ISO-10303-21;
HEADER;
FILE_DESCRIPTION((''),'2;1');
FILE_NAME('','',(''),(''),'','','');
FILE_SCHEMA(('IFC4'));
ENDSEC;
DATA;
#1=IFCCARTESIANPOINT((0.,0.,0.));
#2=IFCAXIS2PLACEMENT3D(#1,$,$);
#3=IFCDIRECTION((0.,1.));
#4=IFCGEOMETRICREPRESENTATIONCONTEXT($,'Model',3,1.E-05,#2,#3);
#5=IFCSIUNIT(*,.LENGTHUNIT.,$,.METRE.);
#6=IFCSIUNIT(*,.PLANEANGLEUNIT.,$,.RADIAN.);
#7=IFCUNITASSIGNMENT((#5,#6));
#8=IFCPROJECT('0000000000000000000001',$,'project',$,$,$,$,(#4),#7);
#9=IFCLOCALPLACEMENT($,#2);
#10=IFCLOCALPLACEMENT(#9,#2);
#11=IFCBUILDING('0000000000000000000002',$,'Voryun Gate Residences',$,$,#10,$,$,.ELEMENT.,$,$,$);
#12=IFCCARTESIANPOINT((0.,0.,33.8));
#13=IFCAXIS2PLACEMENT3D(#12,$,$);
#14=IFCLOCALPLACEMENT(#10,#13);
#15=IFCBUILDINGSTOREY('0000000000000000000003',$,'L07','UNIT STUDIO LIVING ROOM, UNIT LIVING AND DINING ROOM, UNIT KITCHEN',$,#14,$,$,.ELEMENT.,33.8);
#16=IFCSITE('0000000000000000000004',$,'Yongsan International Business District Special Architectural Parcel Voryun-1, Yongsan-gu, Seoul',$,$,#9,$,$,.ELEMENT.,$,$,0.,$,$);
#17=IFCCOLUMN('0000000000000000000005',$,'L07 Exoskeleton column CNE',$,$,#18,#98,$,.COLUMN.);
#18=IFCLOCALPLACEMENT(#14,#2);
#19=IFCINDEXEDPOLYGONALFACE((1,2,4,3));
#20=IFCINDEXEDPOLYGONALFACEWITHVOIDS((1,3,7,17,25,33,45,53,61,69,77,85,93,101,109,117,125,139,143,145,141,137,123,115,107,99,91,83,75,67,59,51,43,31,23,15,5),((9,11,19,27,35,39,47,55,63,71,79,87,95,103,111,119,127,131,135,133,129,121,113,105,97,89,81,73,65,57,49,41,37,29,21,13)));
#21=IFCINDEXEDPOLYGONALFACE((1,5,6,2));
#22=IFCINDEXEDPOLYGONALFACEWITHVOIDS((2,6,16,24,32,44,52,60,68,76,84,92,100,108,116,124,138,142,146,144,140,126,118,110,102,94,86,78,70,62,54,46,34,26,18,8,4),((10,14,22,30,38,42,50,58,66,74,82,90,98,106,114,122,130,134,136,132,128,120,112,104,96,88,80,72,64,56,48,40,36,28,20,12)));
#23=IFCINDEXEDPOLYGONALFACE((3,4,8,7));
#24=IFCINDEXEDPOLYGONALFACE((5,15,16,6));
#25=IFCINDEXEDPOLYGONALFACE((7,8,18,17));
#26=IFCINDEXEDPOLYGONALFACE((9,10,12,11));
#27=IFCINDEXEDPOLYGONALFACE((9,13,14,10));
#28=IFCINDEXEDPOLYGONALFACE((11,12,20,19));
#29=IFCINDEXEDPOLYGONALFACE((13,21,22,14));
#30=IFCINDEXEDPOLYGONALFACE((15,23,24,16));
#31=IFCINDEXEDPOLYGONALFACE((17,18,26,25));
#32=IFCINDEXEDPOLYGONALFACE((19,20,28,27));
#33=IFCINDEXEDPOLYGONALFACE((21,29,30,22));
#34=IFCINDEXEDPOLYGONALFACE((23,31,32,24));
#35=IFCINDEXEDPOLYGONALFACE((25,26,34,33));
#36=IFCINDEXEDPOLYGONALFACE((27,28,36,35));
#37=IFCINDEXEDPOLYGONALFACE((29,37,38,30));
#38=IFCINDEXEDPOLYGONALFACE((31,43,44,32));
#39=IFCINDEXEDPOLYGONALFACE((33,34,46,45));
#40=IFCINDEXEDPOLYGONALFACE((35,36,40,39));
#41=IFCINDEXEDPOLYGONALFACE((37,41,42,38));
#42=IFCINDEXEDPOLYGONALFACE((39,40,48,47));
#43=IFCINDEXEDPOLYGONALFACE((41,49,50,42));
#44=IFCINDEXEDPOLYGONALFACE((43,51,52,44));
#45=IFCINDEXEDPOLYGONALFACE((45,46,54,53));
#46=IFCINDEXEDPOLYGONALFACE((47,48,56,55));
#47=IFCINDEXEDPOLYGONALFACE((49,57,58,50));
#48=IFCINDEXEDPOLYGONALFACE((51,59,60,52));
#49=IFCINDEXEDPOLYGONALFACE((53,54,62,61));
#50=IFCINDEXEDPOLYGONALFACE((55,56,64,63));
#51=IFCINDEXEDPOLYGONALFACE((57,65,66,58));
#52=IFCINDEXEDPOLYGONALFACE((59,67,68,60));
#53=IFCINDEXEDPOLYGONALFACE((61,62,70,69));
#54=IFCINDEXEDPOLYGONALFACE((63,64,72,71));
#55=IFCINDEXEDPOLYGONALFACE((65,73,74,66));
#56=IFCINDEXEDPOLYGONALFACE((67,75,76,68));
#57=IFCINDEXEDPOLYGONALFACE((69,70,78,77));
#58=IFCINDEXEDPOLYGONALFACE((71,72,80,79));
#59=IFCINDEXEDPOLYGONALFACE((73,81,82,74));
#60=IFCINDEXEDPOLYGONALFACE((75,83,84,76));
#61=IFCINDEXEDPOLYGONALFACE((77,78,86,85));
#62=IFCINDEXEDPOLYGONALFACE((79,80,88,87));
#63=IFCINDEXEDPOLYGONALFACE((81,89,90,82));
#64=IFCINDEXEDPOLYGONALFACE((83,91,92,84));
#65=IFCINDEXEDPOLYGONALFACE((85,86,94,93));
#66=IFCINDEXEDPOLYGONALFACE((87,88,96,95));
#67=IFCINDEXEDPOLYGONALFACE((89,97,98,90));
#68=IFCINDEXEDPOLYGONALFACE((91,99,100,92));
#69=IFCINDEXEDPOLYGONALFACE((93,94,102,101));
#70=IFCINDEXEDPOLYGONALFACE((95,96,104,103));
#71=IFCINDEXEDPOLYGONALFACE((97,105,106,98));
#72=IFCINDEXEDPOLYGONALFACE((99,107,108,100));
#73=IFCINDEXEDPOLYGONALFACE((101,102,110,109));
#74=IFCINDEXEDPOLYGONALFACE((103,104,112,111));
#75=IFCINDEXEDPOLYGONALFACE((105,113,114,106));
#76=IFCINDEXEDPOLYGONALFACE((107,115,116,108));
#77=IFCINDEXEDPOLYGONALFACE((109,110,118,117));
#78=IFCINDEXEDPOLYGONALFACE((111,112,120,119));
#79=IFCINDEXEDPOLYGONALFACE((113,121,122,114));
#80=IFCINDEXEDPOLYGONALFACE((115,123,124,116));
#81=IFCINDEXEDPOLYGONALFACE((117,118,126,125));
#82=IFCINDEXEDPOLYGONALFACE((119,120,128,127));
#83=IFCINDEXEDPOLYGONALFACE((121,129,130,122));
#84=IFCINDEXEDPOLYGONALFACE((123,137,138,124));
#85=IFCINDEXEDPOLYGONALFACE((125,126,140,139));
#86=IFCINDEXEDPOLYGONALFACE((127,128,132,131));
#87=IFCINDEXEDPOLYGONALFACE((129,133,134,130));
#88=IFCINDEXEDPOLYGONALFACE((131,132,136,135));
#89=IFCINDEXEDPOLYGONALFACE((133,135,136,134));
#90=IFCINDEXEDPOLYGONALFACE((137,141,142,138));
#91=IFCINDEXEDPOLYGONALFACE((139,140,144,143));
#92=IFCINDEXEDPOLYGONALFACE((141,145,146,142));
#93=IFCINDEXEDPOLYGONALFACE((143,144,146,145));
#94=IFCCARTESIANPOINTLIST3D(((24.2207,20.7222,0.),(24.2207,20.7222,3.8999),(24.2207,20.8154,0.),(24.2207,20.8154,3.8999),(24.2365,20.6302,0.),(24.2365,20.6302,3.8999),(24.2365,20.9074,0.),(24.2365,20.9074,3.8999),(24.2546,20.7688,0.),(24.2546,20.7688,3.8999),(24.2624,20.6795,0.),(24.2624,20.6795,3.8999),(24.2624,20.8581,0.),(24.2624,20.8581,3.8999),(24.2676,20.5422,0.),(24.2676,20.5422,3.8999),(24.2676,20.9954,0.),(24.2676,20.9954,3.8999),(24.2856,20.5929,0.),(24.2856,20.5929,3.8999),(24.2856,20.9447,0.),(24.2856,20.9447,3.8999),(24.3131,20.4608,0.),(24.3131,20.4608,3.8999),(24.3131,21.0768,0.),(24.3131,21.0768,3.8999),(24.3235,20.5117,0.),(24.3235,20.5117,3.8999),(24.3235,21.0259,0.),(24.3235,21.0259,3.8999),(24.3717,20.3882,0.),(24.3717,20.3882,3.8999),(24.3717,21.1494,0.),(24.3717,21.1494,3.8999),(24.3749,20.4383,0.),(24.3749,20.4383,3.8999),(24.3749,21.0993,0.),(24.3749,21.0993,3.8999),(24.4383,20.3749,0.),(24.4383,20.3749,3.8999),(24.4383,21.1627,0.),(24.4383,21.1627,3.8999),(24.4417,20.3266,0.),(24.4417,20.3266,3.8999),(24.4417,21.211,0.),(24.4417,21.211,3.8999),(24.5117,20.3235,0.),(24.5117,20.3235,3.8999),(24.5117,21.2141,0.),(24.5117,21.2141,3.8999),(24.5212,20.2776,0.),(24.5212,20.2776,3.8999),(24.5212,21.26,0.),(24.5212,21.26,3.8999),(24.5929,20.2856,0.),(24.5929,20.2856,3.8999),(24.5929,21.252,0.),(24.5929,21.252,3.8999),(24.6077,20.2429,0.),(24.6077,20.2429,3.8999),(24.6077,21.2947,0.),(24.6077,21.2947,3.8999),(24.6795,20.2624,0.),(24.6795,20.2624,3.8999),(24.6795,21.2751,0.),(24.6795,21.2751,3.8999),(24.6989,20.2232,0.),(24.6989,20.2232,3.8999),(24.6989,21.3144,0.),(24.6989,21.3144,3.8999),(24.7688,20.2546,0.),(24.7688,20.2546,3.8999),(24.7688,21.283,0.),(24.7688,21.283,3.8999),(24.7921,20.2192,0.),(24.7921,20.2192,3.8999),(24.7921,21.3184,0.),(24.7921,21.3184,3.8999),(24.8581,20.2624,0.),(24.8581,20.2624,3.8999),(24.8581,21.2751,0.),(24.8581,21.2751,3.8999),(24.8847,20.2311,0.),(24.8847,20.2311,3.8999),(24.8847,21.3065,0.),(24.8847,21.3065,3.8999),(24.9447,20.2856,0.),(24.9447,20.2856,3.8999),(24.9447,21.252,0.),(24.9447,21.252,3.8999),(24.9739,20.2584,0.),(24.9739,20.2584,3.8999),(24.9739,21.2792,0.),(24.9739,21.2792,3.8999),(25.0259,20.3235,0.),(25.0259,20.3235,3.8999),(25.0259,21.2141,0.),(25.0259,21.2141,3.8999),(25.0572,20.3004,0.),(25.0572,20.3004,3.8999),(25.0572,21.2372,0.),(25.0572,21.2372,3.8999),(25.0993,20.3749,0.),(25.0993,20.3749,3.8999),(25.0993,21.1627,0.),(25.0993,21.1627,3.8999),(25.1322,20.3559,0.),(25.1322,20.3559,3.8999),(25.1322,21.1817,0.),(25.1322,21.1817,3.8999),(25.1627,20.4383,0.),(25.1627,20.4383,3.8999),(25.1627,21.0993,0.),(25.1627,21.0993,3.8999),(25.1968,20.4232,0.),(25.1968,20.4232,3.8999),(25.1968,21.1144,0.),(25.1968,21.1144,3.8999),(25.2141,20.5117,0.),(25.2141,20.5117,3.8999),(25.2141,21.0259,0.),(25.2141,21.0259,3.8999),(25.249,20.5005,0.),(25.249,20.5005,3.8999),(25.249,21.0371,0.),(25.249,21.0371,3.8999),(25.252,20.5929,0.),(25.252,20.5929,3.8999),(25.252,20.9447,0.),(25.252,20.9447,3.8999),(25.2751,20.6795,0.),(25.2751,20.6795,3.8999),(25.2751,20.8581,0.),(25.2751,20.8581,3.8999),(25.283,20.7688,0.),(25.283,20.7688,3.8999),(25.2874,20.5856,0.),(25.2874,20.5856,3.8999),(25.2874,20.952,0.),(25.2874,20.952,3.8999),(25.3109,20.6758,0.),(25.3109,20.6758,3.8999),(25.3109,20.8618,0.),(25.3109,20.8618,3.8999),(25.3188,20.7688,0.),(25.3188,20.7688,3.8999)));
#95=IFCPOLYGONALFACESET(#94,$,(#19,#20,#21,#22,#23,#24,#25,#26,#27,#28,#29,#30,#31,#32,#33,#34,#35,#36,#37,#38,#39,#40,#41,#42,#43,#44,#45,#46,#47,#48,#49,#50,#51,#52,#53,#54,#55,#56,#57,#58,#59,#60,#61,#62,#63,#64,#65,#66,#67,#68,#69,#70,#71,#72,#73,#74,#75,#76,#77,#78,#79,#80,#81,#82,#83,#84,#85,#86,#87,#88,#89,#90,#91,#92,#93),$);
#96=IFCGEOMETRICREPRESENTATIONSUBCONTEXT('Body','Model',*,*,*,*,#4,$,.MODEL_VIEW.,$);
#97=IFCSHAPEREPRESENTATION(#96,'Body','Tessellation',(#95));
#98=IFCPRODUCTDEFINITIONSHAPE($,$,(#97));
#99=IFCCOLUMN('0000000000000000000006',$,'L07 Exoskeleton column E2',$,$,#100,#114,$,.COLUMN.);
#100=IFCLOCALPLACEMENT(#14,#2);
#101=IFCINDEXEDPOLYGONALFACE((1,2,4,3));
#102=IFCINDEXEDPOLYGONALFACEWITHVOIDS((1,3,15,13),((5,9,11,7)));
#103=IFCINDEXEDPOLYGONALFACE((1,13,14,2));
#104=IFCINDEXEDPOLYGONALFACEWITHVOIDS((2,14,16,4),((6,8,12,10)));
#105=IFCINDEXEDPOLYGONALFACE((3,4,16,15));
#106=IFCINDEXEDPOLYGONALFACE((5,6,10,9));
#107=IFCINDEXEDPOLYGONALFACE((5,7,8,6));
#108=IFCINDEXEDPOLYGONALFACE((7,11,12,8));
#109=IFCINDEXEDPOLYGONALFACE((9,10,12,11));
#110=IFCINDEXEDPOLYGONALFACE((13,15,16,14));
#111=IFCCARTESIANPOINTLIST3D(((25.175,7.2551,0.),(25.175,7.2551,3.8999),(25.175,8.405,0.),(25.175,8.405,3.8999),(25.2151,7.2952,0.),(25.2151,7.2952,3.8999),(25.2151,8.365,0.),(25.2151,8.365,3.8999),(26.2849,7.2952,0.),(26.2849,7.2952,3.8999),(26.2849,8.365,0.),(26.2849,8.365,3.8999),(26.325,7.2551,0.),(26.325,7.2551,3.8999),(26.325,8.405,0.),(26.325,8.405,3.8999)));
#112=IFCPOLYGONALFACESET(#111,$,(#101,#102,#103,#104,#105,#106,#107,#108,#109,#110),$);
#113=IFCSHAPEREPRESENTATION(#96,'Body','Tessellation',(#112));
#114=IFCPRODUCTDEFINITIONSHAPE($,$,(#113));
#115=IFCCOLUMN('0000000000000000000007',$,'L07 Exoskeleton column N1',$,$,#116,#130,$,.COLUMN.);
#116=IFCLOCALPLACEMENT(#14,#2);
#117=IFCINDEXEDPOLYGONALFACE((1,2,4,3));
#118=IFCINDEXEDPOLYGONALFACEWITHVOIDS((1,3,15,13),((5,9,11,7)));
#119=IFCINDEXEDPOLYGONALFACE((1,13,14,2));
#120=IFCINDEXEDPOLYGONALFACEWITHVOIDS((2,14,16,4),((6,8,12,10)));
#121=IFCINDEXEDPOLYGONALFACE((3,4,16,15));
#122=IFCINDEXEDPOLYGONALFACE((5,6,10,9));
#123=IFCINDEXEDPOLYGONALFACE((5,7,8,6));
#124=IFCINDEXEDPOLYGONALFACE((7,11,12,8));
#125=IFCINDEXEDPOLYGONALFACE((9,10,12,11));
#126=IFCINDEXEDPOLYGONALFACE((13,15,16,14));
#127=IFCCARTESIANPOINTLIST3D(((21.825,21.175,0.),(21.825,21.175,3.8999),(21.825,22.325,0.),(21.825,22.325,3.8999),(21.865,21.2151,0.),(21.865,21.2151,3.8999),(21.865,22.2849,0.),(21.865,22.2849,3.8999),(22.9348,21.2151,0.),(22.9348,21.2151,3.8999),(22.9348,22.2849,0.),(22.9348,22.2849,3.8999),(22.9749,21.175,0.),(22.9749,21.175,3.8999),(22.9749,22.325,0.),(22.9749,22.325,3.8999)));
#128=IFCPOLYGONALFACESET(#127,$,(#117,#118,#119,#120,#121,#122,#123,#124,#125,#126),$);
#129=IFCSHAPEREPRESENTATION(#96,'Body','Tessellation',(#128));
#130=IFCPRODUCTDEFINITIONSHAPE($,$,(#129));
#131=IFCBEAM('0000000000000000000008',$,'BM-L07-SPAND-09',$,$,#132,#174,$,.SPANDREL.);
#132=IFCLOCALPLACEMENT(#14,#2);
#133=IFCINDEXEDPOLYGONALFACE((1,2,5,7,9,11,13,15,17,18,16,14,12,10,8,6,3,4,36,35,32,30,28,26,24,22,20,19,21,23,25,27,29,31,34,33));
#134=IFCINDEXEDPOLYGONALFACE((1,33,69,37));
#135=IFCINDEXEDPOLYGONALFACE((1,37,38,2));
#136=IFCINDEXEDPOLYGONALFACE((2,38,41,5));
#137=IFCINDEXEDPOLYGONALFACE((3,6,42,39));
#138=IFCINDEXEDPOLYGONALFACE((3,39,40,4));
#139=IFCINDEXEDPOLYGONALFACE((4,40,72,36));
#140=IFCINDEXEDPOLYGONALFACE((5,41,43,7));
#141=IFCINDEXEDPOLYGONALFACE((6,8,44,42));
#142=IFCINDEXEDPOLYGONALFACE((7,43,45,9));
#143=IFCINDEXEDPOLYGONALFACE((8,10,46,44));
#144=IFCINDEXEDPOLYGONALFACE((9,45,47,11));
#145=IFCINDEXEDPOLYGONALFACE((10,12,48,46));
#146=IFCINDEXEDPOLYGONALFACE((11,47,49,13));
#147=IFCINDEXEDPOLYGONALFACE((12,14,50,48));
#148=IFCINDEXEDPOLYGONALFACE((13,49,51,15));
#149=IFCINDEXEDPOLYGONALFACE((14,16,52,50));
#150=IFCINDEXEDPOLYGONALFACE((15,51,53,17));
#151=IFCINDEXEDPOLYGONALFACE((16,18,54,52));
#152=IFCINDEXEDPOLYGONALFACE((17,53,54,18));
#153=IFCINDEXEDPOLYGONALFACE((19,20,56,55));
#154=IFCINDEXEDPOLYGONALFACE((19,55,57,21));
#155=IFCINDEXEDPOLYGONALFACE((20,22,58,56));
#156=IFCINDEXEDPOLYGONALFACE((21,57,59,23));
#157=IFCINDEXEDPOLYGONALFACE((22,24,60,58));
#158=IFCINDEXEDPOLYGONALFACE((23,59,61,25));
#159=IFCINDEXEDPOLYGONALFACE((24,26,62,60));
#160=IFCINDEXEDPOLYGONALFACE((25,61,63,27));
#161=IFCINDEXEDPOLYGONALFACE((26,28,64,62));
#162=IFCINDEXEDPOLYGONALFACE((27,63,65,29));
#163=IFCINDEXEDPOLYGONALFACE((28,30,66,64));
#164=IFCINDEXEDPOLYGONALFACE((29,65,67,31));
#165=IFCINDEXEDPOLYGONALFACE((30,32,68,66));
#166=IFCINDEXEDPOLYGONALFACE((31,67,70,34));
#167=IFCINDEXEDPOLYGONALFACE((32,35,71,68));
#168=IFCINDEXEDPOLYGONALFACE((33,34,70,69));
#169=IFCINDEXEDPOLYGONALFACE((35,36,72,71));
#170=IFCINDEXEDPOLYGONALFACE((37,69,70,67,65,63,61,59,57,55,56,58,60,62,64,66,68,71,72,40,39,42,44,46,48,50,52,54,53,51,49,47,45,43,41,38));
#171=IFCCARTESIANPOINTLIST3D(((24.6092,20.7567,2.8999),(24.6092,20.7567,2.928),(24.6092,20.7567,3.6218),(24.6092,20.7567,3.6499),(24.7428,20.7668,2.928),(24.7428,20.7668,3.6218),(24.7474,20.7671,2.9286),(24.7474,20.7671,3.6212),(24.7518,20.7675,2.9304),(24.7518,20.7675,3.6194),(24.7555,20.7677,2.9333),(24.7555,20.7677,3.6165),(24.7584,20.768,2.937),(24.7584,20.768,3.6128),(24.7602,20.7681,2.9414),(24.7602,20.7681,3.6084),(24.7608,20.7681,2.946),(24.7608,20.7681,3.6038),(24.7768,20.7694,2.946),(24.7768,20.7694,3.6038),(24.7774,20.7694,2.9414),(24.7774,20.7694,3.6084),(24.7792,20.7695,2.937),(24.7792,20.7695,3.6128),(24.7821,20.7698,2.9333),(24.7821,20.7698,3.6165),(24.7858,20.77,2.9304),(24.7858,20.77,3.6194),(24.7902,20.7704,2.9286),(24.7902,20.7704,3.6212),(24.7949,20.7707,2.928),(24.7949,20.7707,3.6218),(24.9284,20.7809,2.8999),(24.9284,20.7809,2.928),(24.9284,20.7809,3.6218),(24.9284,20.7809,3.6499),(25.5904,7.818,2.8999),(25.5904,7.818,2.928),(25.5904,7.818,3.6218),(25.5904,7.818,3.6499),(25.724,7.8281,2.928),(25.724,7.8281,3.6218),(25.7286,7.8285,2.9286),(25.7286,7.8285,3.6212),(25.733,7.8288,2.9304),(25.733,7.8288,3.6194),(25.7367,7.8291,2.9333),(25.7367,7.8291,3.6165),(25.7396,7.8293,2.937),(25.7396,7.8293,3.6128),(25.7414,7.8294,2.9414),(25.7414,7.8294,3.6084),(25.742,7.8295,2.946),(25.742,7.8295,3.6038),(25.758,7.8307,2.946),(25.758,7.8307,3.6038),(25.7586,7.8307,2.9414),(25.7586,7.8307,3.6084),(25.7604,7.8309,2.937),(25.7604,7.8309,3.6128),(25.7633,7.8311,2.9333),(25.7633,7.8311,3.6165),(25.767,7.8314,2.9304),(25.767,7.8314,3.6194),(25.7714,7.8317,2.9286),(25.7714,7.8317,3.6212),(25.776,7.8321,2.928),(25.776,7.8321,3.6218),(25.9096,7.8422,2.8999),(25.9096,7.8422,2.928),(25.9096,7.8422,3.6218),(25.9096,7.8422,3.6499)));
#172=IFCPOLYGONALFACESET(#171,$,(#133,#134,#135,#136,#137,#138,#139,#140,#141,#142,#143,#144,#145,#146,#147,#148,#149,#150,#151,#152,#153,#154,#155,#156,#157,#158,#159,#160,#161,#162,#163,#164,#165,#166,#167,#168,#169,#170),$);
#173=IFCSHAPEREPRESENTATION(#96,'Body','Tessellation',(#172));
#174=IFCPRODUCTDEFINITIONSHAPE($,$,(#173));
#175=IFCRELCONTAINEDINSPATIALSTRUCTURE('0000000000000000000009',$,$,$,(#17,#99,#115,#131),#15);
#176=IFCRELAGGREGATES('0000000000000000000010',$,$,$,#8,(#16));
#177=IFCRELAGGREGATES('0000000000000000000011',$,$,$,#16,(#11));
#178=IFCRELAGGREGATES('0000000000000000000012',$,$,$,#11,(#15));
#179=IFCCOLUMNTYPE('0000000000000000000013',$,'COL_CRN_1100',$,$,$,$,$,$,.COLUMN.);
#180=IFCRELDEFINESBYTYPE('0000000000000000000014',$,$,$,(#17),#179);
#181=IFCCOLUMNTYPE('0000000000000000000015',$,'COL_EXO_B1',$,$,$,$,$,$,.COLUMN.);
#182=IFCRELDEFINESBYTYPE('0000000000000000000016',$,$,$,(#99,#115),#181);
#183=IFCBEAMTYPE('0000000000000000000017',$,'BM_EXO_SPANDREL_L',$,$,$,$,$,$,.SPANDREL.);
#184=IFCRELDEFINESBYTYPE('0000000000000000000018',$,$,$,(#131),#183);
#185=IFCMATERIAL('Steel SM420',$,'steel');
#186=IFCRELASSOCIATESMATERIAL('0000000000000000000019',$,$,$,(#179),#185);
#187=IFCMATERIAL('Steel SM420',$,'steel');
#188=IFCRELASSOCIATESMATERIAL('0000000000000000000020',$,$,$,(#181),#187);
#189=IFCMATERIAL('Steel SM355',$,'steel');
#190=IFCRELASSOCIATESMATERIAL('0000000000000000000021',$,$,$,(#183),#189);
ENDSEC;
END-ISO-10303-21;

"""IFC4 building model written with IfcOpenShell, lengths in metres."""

from ifc_helpers import new_model, si_unit, direction, frame, origin, origin_2d, place, context, subcontext, project, spatial, hollow_rectangle, hollow_circle, i_section, extrude, material, material_profile, profile_set, type_object, element, save


model = new_model("IFC4")

# Units and contexts
model_context = context("Model", 3, precision=1e-05, world=origin(), true_north=direction((0.0, 1.0)))
body_context = subcontext(model_context, "Body", "Model", "MODEL_VIEW")
ifc_project = project(units=[si_unit("LENGTHUNIT", "METRE"), si_unit("PLANEANGLEUNIT", "RADIAN")], contexts=[model_context])

# Site, building, storey
site_placement = place(None, origin())
site = spatial("IfcSite", under=ifc_project, at=site_placement, Name="Yongsan International Business District Special Architectural Parcel Voryun-1, Yongsan-gu, Seoul", CompositionType="ELEMENT", RefElevation=0.0)
building_placement = place(site_placement, origin())
building = spatial("IfcBuilding", under=site, at=building_placement, Name="Voryun Gate Residences", CompositionType="ELEMENT")
storey_placement = place(building_placement, frame((0.0, 0.0, 33.8)))
storey = spatial("IfcBuildingStorey", under=building, at=storey_placement, Name="L07", Description="UNIT STUDIO LIVING ROOM, UNIT LIVING AND DINING ROOM, UNIT KITCHEN", CompositionType="ELEMENT", Elevation=33.8)

# Columns
ifc_material_1 = material(Name="Steel SM420", Category="steel")
ifc_material_profile_1 = material_profile(ifc_material_1, hollow_circle(Radius=0.55, WallThickness=0.0359, at=origin_2d()), Name="CHS-1100x36")
ifc_profile_set_1 = profile_set([ifc_material_profile_1], Name="Steel SM420")
column_type_1 = type_object("IfcColumnType", Name="COL_CRN_1100", PredefinedType="COLUMN", material=ifc_profile_set_1)
column_placement = place(storey_placement, frame((24.7688, 20.7688, 0.0), z_axis=(0.0, 0.0, 1.0), x_axis=(1.0, 0.0, 0.0)))
element("IfcColumn", 1, at=column_placement, inside=storey, type_object=column_type_1, Name="L07 Exoskeleton column CNE", PredefinedType="COLUMN", context=body_context, shape_type="SweptSolid", body=[
    extrude(hollow_circle(Radius=0.55, WallThickness=0.0359, at=origin_2d()), origin(), (0.0, 0.0, 1.0), 3.8999),
])
ifc_material_2 = material(Name="Steel SM420", Category="steel")
ifc_material_profile_2 = material_profile(ifc_material_2, hollow_rectangle(XDim=1.1499, YDim=1.1499, WallThickness=0.04, at=origin_2d()), Name="BOX-1150x1150x40")
ifc_profile_set_2 = profile_set([ifc_material_profile_2], Name="Steel SM420")
column_type_2 = type_object("IfcColumnType", Name="COL_EXO_B1", PredefinedType="COLUMN", material=ifc_profile_set_2)
for number, where, z_axis, x_axis, name in (
    (2, (25.75, 7.8301, 0.0), (0.0, 0.0, 1.0), (1.0, 0.0, 0.0), "L07 Exoskeleton column E2"),
    (3, (22.3999, 21.75, 0.0), (0.0, 0.0, 1.0), (1.0, 0.0, 0.0), "L07 Exoskeleton column N1"),
):
    element("IfcColumn", number, at=place(storey_placement, frame(where, z_axis=z_axis, x_axis=x_axis)), inside=storey, type_object=column_type_2, Name=name, PredefinedType="COLUMN", context=body_context, shape_type="SweptSolid", body=[
        extrude(hollow_rectangle(XDim=1.1499, YDim=1.1499, WallThickness=0.04, at=origin_2d()), origin(), (0.0, 0.0, 1.0), 3.8999),
    ])

# Beam
ifc_material_3 = material(Name="Steel SM355", Category="steel")
ifc_material_profile_3 = material_profile(ifc_material_3, i_section(OverallWidth=0.3201, OverallDepth=0.75, WebThickness=0.0161, FlangeThickness=0.0281, FilletRadius=0.0181, at=origin_2d()), Name="H-750x320x16x28")
ifc_profile_set_3 = profile_set([ifc_material_profile_3], Name="Steel SM355")
beam_type_1 = type_object("IfcBeamType", Name="BM_EXO_SPANDREL_L", PredefinedType="SPANDREL", material=ifc_profile_set_3)
beam_1_placement = place(storey_placement, frame((25.75, 7.8301, 3.2749), z_axis=(-0.075617, 0.997137, 0.0), x_axis=(-0.997137, -0.075617, 0.0)))
element("IfcBeam", 4, at=beam_1_placement, inside=storey, type_object=beam_type_1, Name="BM-L07-SPAND-09", PredefinedType="SPANDREL", context=body_context, shape_type="SweptSolid", body=[
    extrude(i_section(OverallWidth=0.3201, OverallDepth=0.75, WebThickness=0.0161, FlangeThickness=0.0281, FilletRadius=0.0181, at=origin_2d()), origin(), (0.0, 0.0, 1.0), 12.9758),
])

save(model, "model.ifc")
